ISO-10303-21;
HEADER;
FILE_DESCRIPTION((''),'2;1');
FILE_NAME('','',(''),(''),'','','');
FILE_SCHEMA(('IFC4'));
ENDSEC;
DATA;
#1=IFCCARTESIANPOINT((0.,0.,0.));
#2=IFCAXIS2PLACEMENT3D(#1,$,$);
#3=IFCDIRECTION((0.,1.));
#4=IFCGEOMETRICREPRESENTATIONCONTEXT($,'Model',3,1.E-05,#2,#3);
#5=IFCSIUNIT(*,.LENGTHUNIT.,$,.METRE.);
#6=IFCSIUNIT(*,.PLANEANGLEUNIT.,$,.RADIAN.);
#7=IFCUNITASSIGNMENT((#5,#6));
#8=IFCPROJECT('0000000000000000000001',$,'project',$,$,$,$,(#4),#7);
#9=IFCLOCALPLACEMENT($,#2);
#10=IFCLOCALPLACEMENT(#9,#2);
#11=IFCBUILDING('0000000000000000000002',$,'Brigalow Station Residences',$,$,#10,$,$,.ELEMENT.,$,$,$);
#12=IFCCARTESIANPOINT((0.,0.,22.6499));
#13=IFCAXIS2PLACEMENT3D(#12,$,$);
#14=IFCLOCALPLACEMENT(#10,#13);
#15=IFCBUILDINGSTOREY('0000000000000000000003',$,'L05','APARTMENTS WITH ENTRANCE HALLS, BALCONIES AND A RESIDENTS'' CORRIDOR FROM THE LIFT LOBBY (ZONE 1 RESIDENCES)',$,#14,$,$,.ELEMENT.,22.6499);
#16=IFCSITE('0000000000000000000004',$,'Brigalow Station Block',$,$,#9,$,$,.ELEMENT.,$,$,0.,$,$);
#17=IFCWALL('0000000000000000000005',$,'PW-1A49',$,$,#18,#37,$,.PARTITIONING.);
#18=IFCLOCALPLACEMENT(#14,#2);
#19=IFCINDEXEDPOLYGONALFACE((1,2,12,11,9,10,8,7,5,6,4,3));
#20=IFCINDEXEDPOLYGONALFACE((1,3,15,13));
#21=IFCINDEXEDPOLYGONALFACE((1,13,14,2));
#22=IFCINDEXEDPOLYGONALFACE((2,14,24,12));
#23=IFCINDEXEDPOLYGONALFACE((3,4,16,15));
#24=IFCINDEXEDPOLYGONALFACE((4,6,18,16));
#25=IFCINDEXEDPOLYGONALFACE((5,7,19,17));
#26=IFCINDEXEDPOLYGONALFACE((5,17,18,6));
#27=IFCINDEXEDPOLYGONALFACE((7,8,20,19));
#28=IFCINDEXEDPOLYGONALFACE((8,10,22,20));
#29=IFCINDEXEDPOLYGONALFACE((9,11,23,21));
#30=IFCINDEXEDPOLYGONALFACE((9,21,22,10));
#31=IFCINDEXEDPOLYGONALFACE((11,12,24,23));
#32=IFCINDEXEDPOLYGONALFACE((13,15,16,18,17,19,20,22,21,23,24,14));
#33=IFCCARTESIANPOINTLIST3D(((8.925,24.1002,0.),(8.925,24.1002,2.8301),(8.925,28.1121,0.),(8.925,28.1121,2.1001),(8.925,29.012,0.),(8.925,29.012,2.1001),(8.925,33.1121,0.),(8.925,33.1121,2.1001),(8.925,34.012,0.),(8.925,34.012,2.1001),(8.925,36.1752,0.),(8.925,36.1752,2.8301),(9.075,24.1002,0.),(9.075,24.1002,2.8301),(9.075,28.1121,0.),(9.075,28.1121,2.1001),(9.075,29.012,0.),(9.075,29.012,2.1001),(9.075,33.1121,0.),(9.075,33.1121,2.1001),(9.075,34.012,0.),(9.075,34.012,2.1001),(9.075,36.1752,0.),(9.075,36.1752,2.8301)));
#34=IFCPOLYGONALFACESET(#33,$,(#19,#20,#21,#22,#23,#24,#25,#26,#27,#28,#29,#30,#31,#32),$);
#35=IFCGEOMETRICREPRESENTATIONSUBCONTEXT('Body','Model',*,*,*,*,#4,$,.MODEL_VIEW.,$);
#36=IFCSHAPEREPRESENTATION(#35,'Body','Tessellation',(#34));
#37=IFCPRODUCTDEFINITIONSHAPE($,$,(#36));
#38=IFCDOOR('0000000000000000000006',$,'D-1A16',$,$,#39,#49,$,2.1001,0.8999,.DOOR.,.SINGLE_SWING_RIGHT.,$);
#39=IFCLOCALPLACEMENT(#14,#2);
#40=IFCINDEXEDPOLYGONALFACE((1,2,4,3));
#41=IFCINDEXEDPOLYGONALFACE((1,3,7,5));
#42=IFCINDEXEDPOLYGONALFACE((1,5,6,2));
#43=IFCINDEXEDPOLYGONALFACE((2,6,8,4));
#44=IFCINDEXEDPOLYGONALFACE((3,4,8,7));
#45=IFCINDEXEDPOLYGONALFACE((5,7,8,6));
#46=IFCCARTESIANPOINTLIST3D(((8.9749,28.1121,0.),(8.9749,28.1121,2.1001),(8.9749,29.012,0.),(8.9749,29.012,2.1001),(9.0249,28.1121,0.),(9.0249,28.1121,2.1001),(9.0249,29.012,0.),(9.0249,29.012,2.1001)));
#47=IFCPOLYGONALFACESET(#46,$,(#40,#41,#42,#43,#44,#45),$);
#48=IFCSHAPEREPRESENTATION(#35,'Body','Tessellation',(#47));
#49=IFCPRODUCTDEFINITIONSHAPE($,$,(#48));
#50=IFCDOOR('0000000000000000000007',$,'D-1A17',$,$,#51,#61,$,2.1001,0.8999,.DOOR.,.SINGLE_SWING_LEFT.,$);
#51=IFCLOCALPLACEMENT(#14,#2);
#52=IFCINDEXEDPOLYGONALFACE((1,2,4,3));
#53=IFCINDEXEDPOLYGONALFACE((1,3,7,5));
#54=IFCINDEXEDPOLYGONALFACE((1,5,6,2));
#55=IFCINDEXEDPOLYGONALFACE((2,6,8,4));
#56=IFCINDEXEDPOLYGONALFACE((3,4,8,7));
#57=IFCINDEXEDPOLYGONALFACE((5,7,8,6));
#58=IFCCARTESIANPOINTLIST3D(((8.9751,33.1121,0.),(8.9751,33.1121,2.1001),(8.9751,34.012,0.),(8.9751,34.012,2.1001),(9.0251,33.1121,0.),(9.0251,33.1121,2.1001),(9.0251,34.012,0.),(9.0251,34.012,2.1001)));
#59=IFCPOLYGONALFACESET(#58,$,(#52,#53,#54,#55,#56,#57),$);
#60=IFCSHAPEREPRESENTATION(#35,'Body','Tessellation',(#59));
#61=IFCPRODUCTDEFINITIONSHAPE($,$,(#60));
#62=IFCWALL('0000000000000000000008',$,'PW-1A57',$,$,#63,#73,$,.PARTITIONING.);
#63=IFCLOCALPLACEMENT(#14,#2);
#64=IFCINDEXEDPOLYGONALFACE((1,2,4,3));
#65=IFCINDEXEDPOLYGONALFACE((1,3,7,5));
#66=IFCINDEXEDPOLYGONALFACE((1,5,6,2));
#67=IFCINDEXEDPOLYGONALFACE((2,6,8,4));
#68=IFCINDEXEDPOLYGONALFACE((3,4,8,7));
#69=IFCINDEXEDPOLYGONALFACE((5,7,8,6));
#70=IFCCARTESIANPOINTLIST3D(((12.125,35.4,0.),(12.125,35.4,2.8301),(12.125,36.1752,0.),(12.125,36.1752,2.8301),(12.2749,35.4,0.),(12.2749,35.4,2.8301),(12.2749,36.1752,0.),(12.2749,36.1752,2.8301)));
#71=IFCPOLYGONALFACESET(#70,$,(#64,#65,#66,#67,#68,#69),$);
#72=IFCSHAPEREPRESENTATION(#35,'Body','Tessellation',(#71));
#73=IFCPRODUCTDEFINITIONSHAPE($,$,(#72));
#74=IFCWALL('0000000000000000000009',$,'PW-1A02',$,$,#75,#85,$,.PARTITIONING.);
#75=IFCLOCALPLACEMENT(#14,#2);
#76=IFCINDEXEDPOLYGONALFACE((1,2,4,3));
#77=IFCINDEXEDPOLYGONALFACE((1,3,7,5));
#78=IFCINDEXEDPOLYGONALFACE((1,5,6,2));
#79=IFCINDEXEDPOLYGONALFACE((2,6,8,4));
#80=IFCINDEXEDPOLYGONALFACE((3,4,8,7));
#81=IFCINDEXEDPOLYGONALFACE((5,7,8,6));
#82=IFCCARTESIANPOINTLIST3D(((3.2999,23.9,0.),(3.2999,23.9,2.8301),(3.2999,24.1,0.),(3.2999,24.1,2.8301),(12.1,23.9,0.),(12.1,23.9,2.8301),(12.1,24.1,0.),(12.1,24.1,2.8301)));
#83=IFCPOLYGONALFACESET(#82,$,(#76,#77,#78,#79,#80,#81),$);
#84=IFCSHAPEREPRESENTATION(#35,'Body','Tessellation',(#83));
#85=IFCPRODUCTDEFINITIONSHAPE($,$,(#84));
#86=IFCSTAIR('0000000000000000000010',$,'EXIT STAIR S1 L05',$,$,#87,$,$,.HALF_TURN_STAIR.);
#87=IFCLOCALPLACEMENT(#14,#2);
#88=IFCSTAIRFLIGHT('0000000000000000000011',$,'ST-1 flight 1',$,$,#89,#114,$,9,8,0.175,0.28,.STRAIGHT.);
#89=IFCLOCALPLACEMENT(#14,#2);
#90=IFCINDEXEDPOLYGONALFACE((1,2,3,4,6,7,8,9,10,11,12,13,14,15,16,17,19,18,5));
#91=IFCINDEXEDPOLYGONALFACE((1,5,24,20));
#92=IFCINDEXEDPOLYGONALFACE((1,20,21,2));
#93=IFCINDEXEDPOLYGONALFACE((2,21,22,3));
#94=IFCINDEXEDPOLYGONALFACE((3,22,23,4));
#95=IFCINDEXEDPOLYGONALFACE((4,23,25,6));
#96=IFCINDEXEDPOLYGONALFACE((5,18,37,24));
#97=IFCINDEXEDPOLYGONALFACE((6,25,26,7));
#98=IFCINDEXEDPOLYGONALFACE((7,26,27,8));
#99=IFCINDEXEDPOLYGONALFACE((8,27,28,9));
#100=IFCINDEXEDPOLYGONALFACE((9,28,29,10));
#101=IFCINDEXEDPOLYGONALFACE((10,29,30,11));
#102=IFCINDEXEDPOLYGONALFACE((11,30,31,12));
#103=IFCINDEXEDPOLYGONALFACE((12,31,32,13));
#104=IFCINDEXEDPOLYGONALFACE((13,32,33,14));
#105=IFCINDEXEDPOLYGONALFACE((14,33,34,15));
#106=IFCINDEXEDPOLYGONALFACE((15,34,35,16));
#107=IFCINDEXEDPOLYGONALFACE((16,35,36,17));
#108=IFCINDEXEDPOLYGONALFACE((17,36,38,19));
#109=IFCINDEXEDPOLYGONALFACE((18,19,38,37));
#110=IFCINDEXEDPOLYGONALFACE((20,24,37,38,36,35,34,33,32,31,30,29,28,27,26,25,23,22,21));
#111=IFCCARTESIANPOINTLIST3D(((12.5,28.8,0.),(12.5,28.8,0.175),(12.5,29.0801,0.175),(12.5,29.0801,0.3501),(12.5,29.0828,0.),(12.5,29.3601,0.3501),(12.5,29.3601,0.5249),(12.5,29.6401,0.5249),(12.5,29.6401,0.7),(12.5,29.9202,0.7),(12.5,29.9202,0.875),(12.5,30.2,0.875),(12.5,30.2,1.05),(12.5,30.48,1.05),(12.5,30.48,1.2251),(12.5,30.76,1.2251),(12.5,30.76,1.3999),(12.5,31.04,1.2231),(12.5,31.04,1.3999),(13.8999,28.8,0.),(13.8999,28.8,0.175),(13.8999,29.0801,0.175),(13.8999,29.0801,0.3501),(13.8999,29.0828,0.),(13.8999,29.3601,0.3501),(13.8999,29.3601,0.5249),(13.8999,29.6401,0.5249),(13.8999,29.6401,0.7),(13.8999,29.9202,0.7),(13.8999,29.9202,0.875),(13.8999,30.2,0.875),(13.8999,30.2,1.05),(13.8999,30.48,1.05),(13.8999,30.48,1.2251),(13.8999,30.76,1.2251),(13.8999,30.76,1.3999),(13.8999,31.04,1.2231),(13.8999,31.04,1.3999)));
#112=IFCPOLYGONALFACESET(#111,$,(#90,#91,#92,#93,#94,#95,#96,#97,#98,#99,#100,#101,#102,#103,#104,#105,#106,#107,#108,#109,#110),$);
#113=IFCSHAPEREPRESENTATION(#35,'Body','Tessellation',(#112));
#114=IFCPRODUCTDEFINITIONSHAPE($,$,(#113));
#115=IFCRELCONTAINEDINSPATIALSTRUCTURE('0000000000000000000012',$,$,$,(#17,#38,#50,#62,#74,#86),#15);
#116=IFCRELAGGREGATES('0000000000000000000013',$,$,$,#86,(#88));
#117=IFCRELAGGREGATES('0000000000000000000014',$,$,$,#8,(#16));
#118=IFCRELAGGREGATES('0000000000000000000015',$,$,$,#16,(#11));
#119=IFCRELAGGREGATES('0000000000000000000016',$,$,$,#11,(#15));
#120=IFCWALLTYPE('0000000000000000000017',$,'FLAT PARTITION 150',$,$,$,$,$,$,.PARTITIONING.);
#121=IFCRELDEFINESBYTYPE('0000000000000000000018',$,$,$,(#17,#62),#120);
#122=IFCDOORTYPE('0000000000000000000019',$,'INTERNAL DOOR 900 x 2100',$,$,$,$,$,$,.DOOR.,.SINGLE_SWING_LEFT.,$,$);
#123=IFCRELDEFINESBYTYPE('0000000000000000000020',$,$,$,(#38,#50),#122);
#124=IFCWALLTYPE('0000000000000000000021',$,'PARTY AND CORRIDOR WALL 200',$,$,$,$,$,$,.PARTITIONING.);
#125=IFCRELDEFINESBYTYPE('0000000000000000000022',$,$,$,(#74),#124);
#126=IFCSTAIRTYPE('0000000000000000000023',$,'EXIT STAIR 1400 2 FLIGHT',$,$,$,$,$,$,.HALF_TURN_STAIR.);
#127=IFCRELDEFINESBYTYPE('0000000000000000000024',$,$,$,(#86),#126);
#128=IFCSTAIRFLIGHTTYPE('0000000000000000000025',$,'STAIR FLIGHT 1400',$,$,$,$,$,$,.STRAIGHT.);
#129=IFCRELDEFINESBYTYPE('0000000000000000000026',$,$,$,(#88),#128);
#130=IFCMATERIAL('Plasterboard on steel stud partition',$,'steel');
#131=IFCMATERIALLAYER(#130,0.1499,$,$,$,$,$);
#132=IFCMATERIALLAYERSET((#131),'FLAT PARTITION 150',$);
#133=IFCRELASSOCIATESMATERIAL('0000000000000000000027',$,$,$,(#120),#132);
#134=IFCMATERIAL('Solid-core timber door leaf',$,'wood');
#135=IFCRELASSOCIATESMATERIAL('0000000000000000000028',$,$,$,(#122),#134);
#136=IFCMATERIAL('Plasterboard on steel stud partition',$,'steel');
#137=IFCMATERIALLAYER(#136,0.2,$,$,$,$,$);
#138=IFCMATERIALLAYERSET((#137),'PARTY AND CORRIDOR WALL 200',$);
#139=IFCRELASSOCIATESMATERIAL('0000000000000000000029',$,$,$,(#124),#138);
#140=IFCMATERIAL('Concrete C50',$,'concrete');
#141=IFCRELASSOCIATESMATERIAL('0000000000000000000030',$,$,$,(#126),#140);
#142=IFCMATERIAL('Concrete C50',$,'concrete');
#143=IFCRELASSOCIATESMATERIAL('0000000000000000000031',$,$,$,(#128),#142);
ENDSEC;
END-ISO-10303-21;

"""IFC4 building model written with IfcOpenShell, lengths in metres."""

from ifc_helpers import new_model, si_unit, direction, frame, frame_2d, origin, place, context, subcontext, project, spatial, polyline, rectangle, outline, extrude, material, layer, layer_set, type_object, element, fill, aggregate, save


model = new_model("IFC4")

# Units and contexts
model_context = context("Model", 3, precision=1e-05, world=origin(), true_north=direction((0.0, 1.0)))
body_context = subcontext(model_context, "Body", "Model", "MODEL_VIEW")
ifc_project = project(units=[si_unit("LENGTHUNIT", "METRE"), si_unit("PLANEANGLEUNIT", "RADIAN")], contexts=[model_context])

# Site, building, storey
site_placement = place(None, origin())
site = spatial("IfcSite", under=ifc_project, at=site_placement, Name="Brigalow Station Block", CompositionType="ELEMENT", RefElevation=0.0)
building_placement = place(site_placement, origin())
building = spatial("IfcBuilding", under=site, at=building_placement, Name="Brigalow Station Residences", CompositionType="ELEMENT")
storey_placement = place(building_placement, frame((0.0, 0.0, 22.6499)))
storey = spatial("IfcBuildingStorey", under=building, at=storey_placement, Name="L05", Description="APARTMENTS WITH ENTRANCE HALLS, BALCONIES AND A RESIDENTS' CORRIDOR FROM THE LIFT LOBBY (ZONE 1 RESIDENCES)", CompositionType="ELEMENT", Elevation=22.6499)

# Shared definitions
ifc_material_1 = material(Name="Plasterboard on steel stud partition", Category="steel")
ifc_layer_1 = layer(ifc_material_1, 0.1499)
ifc_layer_set_1 = layer_set([ifc_layer_1], Name="FLAT PARTITION 150")
wall_type_1 = type_object("IfcWallType", Name="FLAT PARTITION 150", PredefinedType="PARTITIONING", material=ifc_layer_set_1)

# Wall, openings, doors
wall_1_placement = place(storey_placement, frame((9.0, 24.1001, 0.0), z_axis=(0.0, 0.0, 1.0), x_axis=(0.0, 1.0, 0.0)))
wall_1 = element("IfcWall", 1, at=wall_1_placement, inside=storey, type_object=wall_type_1, Name="PW-1A49", PredefinedType="PARTITIONING", context=body_context, shape_type="SweptSolid", body=[
    extrude(rectangle(XDim=12.075, YDim=0.1499, at=frame_2d((6.0376, 0.0))), origin(), (0.0, 0.0, 1.0), 2.8301),
])
opening_1_placement = place(wall_1_placement, frame((4.012, 0.0, 0.0)))
opening_1 = element("IfcOpeningElement", 2, at=opening_1_placement, cuts=wall_1, PredefinedType="OPENING", context=body_context, shape_type="SweptSolid", body=[
    extrude(rectangle(XDim=0.8999, YDim=2.1001, at=frame_2d((0.45, 1.05))), frame((0.0, 0.085, 0.0), z_axis=(0.0, -1.0, 0.0), x_axis=(1.0, 0.0, 0.0)), (0.0, 0.0, 1.0), 0.1699),
])
opening_2_placement = place(wall_1_placement, frame((9.012, 0.0, 0.0)))
opening_2 = element("IfcOpeningElement", 3, at=opening_2_placement, cuts=wall_1, PredefinedType="OPENING", context=body_context, shape_type="SweptSolid", body=[
    extrude(rectangle(XDim=0.8999, YDim=2.1001, at=frame_2d((0.45, 1.05))), frame((0.0, 0.085, 0.0), z_axis=(0.0, -1.0, 0.0), x_axis=(1.0, 0.0, 0.0)), (0.0, 0.0, 1.0), 0.1699),
])
ifc_material_2 = material(Name="Solid-core timber door leaf", Category="wood")
door_type_1 = type_object("IfcDoorType", Name="INTERNAL DOOR 900 x 2100", OperationType="SINGLE_SWING_LEFT", PredefinedType="DOOR", material=ifc_material_2)
door_1_placement = place(opening_1_placement, frame((0.8999, 0.0, 0.0), z_axis=(0.0, 0.0, 1.0), x_axis=(-1.0, 0.0, 0.0)))
door_1 = element("IfcDoor", 4, at=door_1_placement, inside=storey, type_object=door_type_1, Name="D-1A16", OperationType="SINGLE_SWING_RIGHT", OverallHeight=2.1001, OverallWidth=0.8999, PredefinedType="DOOR", context=body_context, shape_type="SweptSolid", body=[
    extrude(rectangle(XDim=0.8999, YDim=2.1001, at=frame_2d((0.45, 1.05))), frame((0.0, 0.0249, 0.0), z_axis=(0.0, -1.0, 0.0), x_axis=(1.0, 0.0, 0.0)), (0.0, 0.0, 1.0), 0.05),
])
fill(opening_1, door_1)
door_2_placement = place(opening_2_placement, origin())
door_2 = element("IfcDoor", 5, at=door_2_placement, inside=storey, type_object=door_type_1, Name="D-1A17", OperationType="SINGLE_SWING_LEFT", OverallHeight=2.1001, OverallWidth=0.8999, PredefinedType="DOOR", context=body_context, shape_type="SweptSolid", body=[
    extrude(rectangle(XDim=0.8999, YDim=2.1001, at=frame_2d((0.45, 1.05))), frame((0.0, 0.0249, 0.0), z_axis=(0.0, -1.0, 0.0), x_axis=(1.0, 0.0, 0.0)), (0.0, 0.0, 1.0), 0.05),
])
fill(opening_2, door_2)

# Walls
wall_2_placement = place(storey_placement, frame((12.2, 35.3999, 0.0), z_axis=(0.0, 0.0, 1.0), x_axis=(0.0, 1.0, 0.0)))
element("IfcWall", 6, at=wall_2_placement, inside=storey, type_object=wall_type_1, Name="PW-1A57", PredefinedType="PARTITIONING", context=body_context, shape_type="SweptSolid", body=[
    extrude(rectangle(XDim=0.7751, YDim=0.1499, at=frame_2d((0.3877, 0.0))), origin(), (0.0, 0.0, 1.0), 2.8301),
])
ifc_material_3 = material(Name="Plasterboard on steel stud partition", Category="steel")
ifc_layer_2 = layer(ifc_material_3, 0.2)
ifc_layer_set_2 = layer_set([ifc_layer_2], Name="PARTY AND CORRIDOR WALL 200")
wall_type_2 = type_object("IfcWallType", Name="PARTY AND CORRIDOR WALL 200", PredefinedType="PARTITIONING", material=ifc_layer_set_2)
wall_3_placement = place(storey_placement, frame((3.3, 24.0, 0.0), z_axis=(0.0, 0.0, 1.0), x_axis=(1.0, 0.0, 0.0)))
element("IfcWall", 7, at=wall_3_placement, inside=storey, type_object=wall_type_2, Name="PW-1A02", PredefinedType="PARTITIONING", context=body_context, shape_type="SweptSolid", body=[
    extrude(rectangle(XDim=8.8, YDim=0.2, at=frame_2d((4.3999, 0.0))), origin(), (0.0, 0.0, 1.0), 2.8301),
])

# Stair, stair flight
ifc_material_4 = material(Name="Concrete C50", Category="concrete")
stair_type = type_object("IfcStairType", Name="EXIT STAIR 1400 2 FLIGHT", PredefinedType="HALF_TURN_STAIR", material=ifc_material_4)
stair_placement = place(storey_placement, origin())
stair = element("IfcStair", 8, at=stair_placement, inside=storey, type_object=stair_type, Name="EXIT STAIR S1 L05", PredefinedType="HALF_TURN_STAIR")
ifc_material_5 = material(Name="Concrete C50", Category="concrete")
stair_flight_type = type_object("IfcStairFlightType", Name="STAIR FLIGHT 1400", PredefinedType="STRAIGHT", material=ifc_material_5)
stair_flight_placement = place(storey_placement, frame((13.2, 28.8, 0.0), z_axis=(0.0, 0.0, 1.0), x_axis=(0.0, 1.0, 0.0)))
stair_flight = element("IfcStairFlight", 9, at=stair_flight_placement, type_object=stair_flight_type, Name="ST-1 flight 1", NumberOfRisers=9, NumberOfTreads=8, PredefinedType="STRAIGHT", RiserHeight=0.175, TreadLength=0.28, context=body_context, shape_type="SweptSolid", body=[
    extrude(outline(polyline([(0.0, 0.0), (0.0, 0.175), (0.28, 0.175), (0.28, 0.3501), (0.5601, 0.3501), (0.5601, 0.5249), (0.8401, 0.5249), (0.8401, 0.7), (1.1201, 0.7), (1.1201, 0.875), (1.3999, 0.875), (1.3999, 1.05), (1.6799, 1.05), (1.6799, 1.2251), (1.96, 1.2251), (1.96, 1.3999), (2.24, 1.3999), (2.24, 1.575), (2.24, 1.2231), (0.2827, 0.0), (0.0, 0.0)])), frame((0.0, 0.7, 0.0), z_axis=(0.0, -1.0, 0.0), x_axis=(1.0, 0.0, 0.0)), (0.0, 0.0, 1.0), 1.3999),
])
aggregate(stair, [stair_flight])

save(model, "model.ifc")
